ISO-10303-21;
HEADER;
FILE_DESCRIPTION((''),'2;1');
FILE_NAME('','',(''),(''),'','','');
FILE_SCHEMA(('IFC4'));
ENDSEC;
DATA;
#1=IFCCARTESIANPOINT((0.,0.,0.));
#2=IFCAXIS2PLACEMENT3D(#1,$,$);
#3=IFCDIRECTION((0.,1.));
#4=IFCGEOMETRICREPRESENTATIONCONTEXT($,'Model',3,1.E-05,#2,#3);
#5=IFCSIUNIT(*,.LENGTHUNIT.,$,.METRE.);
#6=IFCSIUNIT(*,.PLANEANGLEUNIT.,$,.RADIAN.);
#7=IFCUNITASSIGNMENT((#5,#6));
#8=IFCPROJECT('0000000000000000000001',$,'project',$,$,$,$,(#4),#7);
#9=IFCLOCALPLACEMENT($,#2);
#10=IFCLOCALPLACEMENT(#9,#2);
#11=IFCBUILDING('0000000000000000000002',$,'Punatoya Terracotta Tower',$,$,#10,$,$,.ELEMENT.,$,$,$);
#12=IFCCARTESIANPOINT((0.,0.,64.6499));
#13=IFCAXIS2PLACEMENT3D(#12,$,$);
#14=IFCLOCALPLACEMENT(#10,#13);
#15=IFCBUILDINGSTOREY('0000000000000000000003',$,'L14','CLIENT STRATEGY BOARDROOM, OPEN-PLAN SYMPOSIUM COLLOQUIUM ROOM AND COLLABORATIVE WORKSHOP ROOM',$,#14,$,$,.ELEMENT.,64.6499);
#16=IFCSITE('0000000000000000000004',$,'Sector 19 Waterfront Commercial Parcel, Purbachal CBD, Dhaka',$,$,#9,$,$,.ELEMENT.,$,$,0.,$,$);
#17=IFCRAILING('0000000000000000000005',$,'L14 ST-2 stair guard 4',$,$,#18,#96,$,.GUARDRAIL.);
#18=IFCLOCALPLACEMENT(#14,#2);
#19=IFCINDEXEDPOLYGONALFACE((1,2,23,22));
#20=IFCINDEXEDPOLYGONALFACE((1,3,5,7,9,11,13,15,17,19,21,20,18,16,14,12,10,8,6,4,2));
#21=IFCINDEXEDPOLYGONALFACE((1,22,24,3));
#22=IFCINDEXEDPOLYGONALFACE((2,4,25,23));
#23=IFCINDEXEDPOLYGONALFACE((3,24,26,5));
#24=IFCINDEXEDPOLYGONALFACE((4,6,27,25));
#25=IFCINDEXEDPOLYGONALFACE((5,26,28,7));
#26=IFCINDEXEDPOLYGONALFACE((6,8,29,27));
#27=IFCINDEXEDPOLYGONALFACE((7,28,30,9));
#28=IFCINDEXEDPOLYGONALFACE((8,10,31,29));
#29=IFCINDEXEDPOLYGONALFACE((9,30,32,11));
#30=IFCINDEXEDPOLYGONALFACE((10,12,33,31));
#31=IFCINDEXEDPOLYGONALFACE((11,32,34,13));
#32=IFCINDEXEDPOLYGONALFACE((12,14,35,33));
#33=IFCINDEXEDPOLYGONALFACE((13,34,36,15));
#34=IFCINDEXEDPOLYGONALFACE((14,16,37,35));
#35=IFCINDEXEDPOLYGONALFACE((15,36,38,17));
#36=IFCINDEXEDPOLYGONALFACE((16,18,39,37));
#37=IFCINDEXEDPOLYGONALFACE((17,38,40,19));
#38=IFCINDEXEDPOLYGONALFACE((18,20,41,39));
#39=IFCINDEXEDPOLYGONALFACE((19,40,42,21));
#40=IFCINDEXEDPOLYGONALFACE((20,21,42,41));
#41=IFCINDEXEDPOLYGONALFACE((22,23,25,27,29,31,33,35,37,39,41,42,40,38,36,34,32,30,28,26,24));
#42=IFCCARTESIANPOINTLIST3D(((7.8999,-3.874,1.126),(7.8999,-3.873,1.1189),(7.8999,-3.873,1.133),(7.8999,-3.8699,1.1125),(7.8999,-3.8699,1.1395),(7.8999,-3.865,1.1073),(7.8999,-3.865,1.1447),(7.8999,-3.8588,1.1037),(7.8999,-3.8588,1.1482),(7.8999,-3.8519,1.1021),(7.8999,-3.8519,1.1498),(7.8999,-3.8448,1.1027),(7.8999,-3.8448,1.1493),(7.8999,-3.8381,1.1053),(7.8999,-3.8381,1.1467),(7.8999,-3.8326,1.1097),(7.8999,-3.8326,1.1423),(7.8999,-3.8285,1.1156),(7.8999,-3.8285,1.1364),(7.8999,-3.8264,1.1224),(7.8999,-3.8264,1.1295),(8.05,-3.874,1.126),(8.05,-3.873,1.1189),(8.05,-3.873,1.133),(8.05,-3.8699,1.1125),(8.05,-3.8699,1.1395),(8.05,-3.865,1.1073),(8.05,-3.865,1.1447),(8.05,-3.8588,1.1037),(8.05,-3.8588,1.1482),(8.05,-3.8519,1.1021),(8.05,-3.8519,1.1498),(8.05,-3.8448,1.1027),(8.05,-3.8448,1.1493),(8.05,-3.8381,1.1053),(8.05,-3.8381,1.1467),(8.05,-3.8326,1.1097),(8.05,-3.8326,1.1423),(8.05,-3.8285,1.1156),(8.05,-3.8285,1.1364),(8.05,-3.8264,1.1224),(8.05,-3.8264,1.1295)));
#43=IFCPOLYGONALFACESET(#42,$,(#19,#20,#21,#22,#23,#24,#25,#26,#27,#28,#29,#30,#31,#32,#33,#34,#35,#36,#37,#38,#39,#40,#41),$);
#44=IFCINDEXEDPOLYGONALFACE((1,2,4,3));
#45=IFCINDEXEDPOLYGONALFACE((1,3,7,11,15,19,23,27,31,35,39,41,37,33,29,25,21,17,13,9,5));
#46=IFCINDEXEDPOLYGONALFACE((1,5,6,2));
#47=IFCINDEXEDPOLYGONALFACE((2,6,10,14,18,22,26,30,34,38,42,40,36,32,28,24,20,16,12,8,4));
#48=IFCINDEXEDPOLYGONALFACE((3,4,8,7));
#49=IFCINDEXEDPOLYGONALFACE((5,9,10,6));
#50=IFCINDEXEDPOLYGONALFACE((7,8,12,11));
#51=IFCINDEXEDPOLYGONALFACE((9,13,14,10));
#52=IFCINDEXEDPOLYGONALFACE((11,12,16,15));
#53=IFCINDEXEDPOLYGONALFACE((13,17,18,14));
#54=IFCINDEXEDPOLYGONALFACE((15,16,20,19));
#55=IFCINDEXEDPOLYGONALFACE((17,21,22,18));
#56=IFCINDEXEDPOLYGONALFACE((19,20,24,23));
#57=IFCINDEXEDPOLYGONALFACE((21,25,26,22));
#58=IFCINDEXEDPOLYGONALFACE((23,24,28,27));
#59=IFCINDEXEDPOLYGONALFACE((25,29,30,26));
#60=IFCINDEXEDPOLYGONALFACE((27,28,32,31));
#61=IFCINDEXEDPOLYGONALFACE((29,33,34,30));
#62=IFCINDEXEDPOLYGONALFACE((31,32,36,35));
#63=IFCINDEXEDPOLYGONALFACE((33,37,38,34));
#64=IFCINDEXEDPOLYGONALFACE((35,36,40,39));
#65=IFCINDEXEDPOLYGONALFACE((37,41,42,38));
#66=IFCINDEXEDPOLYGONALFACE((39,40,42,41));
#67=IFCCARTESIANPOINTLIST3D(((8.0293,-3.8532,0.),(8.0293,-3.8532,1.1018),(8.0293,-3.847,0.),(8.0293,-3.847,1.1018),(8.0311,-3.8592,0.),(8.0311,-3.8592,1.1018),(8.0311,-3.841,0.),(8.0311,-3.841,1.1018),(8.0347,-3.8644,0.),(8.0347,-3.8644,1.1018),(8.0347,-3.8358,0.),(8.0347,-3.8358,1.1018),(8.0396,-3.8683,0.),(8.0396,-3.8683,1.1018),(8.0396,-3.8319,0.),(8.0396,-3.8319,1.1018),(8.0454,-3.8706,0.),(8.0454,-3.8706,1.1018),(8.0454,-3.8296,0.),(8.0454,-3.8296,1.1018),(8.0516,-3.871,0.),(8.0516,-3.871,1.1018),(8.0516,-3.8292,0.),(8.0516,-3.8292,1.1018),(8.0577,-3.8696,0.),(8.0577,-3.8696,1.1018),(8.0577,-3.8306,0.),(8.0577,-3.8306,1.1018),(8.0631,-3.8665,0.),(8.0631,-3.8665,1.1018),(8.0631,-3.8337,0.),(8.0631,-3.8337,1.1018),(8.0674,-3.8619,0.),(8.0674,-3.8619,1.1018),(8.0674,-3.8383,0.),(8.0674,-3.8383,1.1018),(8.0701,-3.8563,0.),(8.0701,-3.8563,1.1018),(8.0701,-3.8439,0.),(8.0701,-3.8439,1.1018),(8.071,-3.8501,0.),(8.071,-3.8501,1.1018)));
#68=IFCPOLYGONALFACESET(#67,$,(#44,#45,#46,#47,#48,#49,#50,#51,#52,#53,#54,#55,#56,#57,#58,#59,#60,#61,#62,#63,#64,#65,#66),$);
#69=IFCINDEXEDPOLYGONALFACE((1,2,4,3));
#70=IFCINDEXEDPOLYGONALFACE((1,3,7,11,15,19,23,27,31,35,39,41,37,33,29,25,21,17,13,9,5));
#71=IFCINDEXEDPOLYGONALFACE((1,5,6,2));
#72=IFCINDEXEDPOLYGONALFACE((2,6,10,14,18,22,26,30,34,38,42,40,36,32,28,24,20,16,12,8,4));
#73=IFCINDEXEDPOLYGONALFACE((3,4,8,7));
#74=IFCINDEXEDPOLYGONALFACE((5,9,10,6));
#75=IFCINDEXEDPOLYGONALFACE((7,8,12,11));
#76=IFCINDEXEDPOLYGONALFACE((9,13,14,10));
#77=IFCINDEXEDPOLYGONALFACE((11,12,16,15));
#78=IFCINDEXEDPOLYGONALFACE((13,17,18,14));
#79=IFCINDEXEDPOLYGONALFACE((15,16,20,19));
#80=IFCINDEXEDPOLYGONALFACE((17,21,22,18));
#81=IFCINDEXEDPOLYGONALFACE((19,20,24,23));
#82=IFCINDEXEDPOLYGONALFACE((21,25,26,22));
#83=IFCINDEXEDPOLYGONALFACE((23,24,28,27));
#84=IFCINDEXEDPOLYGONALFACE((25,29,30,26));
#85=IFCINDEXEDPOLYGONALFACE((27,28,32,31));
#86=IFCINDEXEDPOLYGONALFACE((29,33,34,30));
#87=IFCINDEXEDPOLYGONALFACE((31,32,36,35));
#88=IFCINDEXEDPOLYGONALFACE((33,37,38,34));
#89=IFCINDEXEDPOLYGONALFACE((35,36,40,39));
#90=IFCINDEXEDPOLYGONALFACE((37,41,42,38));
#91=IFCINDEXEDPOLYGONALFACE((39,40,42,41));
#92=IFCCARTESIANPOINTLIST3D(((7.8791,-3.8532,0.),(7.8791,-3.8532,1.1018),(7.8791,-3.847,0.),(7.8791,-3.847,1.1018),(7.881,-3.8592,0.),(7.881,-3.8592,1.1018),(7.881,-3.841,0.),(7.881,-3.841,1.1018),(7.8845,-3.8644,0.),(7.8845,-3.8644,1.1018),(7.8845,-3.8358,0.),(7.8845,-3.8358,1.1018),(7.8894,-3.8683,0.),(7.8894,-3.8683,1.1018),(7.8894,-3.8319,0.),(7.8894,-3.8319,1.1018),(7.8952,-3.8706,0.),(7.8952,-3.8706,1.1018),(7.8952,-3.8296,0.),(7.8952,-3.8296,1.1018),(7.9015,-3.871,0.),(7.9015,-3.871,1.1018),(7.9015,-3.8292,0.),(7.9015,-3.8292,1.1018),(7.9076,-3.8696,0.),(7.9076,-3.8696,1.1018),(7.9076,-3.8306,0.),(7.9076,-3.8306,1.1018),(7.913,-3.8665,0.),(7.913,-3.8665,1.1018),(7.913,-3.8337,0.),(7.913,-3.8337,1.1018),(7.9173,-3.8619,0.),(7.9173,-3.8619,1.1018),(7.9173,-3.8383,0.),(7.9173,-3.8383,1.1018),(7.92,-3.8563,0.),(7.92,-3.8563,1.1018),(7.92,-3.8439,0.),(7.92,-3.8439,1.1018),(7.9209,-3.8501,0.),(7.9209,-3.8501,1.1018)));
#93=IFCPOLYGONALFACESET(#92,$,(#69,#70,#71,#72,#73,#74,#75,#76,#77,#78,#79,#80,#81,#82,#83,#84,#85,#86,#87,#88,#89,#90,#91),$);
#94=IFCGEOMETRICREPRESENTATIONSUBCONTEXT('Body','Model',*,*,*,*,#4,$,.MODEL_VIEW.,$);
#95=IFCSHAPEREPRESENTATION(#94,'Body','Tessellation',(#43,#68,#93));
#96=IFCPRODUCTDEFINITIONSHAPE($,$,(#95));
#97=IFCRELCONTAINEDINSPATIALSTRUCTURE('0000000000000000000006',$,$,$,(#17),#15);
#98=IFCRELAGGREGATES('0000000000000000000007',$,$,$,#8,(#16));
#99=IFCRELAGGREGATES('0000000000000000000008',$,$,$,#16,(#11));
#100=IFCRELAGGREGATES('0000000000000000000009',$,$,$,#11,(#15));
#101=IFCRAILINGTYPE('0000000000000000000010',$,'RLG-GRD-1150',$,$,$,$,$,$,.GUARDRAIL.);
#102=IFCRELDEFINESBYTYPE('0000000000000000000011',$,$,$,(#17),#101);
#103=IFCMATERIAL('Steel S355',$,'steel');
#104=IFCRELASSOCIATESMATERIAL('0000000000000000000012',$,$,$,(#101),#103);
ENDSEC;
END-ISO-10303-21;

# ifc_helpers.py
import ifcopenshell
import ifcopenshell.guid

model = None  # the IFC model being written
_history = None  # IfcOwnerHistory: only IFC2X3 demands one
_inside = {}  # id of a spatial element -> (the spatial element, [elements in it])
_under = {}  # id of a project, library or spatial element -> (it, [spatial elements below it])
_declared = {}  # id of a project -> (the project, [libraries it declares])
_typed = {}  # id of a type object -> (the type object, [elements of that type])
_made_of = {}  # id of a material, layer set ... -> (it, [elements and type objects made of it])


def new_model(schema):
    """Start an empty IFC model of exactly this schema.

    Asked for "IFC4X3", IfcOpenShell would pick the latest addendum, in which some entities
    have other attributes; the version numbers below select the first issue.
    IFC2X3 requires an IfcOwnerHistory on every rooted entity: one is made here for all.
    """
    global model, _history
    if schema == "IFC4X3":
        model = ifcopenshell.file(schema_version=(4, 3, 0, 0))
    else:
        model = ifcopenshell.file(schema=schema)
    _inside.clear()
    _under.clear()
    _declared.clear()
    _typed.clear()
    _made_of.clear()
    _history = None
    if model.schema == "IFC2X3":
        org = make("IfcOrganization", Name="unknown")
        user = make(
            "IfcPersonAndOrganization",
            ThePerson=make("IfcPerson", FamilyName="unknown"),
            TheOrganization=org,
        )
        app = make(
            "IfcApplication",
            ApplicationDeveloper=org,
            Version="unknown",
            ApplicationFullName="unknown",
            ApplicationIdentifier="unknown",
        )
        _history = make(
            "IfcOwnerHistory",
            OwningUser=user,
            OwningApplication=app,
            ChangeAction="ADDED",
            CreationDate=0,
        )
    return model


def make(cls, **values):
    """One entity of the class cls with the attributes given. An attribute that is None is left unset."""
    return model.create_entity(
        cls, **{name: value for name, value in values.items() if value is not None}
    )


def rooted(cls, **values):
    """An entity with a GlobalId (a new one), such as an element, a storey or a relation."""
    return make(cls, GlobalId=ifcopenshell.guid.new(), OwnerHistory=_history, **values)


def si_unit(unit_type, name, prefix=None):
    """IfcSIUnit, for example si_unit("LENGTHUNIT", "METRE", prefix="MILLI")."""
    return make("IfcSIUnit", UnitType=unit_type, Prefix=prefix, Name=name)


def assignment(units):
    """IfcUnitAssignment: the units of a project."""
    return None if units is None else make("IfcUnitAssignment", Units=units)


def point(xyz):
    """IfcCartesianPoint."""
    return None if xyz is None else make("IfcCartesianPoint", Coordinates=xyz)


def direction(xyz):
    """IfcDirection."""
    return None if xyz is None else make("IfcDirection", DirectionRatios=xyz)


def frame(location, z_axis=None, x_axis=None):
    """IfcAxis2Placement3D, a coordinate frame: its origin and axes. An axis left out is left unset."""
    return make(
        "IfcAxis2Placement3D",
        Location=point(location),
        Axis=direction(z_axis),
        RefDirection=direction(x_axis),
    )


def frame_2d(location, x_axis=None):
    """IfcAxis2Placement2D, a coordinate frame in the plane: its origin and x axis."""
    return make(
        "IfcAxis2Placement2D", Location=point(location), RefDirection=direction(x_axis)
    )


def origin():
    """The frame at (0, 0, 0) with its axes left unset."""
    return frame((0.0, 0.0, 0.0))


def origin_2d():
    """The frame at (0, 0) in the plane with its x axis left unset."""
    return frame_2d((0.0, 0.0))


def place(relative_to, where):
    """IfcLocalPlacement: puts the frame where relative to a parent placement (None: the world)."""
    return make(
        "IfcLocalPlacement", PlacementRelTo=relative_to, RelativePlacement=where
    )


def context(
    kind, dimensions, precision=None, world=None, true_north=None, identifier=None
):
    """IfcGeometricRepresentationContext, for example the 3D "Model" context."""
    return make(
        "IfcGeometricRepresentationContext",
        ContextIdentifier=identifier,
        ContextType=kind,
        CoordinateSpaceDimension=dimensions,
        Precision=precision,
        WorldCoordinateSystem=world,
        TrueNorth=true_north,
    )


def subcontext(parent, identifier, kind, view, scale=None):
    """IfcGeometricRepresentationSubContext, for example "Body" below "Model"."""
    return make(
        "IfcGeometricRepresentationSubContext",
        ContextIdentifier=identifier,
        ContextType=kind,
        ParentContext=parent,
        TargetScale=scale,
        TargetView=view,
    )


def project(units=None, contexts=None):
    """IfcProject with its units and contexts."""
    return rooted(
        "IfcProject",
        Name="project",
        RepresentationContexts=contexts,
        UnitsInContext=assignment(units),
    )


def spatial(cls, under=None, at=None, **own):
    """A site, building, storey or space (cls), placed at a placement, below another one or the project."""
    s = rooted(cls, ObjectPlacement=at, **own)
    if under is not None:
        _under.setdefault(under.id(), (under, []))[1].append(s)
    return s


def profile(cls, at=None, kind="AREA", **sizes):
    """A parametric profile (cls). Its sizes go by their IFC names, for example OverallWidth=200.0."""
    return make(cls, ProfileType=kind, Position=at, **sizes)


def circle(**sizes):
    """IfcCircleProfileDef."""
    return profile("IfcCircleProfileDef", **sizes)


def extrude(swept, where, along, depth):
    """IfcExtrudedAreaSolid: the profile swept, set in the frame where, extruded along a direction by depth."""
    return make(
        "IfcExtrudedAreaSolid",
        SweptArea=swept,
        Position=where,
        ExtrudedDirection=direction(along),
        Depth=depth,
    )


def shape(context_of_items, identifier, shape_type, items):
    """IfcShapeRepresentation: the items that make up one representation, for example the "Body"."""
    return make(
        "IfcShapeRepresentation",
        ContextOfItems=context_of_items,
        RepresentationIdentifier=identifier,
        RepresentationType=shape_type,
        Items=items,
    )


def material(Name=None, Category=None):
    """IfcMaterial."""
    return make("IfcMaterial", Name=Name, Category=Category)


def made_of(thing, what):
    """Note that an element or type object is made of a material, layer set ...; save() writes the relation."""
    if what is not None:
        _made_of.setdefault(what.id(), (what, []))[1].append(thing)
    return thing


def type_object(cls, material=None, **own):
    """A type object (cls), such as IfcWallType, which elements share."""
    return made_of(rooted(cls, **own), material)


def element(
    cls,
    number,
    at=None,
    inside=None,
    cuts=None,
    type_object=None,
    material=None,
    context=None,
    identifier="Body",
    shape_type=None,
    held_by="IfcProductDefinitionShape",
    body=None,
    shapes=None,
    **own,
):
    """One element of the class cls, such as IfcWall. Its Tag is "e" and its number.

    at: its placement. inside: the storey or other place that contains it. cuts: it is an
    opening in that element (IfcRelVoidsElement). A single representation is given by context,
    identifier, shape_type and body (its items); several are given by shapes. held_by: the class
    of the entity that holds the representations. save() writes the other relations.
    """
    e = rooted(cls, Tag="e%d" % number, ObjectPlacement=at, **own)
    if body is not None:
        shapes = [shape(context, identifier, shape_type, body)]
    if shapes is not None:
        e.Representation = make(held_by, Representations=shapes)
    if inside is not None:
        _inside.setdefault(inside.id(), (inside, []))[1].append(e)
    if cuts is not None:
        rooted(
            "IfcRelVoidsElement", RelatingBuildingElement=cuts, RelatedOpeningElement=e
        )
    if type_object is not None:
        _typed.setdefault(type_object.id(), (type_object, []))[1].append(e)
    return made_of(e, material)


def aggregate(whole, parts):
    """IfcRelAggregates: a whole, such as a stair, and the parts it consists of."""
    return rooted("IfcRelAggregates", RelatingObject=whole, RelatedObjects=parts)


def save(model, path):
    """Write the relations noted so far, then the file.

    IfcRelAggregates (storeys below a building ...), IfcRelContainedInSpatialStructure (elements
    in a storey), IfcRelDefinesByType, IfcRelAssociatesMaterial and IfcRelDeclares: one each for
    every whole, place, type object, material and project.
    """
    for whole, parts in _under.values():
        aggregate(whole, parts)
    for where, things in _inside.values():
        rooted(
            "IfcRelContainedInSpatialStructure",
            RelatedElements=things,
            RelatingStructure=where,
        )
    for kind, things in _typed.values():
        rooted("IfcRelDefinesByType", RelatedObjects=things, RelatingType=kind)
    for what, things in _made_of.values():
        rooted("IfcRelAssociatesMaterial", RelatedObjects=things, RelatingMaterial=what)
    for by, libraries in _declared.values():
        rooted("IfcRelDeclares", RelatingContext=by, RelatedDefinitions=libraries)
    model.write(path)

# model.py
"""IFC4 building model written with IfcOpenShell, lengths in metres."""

from ifc_helpers import new_model, si_unit, direction, frame, origin, origin_2d, place, context, subcontext, project, spatial, circle, extrude, material, type_object, element, save


model = new_model("IFC4")

# Units and contexts
model_context = context("Model", 3, precision=1e-05, world=origin(), true_north=direction((0.0, 1.0)))
body_context = subcontext(model_context, "Body", "Model", "MODEL_VIEW")
ifc_project = project(units=[si_unit("LENGTHUNIT", "METRE"), si_unit("PLANEANGLEUNIT", "RADIAN")], contexts=[model_context])

# Site, building, storey
site_placement = place(None, origin())
site = spatial("IfcSite", under=ifc_project, at=site_placement, Name="Sector 19 Waterfront Commercial Parcel, Purbachal CBD, Dhaka", CompositionType="ELEMENT", RefElevation=0.0)
building_placement = place(site_placement, origin())
building = spatial("IfcBuilding", under=site, at=building_placement, Name="Punatoya Terracotta Tower", CompositionType="ELEMENT")
storey_placement = place(building_placement, frame((0.0, 0.0, 64.6499)))
storey = spatial("IfcBuildingStorey", under=building, at=storey_placement, Name="L14", Description="CLIENT STRATEGY BOARDROOM, OPEN-PLAN SYMPOSIUM COLLOQUIUM ROOM AND COLLABORATIVE WORKSHOP ROOM", CompositionType="ELEMENT", Elevation=64.6499)

# Railing
ifc_material_1 = material(Name="Steel S355", Category="steel")
railing_type = type_object("IfcRailingType", Name="RLG-GRD-1150", PredefinedType="GUARDRAIL", material=ifc_material_1)
railing_placement = place(storey_placement, frame((8.05, -3.8501, 0.0)))
element("IfcRailing", 1, at=railing_placement, inside=storey, type_object=railing_type, Name="L14 ST-2 stair guard 4", PredefinedType="GUARDRAIL", context=body_context, shape_type="SweptSolid", body=[
    extrude(circle(Radius=0.0239, at=origin_2d()), frame((0.0, 0.0, 1.126), z_axis=(-1.0, 0.0, 0.0), x_axis=(0.0, -1.0, 0.0)), (0.0, 0.0, 1.0), 0.1501),
    extrude(circle(Radius=0.021, at=origin_2d()), origin(), (0.0, 0.0, 1.0), 1.1018),
    extrude(circle(Radius=0.021, at=origin_2d()), frame((-0.1501, 0.0, 0.0)), (0.0, 0.0, 1.0), 1.1018),
])

save(model, "model.ifc")
